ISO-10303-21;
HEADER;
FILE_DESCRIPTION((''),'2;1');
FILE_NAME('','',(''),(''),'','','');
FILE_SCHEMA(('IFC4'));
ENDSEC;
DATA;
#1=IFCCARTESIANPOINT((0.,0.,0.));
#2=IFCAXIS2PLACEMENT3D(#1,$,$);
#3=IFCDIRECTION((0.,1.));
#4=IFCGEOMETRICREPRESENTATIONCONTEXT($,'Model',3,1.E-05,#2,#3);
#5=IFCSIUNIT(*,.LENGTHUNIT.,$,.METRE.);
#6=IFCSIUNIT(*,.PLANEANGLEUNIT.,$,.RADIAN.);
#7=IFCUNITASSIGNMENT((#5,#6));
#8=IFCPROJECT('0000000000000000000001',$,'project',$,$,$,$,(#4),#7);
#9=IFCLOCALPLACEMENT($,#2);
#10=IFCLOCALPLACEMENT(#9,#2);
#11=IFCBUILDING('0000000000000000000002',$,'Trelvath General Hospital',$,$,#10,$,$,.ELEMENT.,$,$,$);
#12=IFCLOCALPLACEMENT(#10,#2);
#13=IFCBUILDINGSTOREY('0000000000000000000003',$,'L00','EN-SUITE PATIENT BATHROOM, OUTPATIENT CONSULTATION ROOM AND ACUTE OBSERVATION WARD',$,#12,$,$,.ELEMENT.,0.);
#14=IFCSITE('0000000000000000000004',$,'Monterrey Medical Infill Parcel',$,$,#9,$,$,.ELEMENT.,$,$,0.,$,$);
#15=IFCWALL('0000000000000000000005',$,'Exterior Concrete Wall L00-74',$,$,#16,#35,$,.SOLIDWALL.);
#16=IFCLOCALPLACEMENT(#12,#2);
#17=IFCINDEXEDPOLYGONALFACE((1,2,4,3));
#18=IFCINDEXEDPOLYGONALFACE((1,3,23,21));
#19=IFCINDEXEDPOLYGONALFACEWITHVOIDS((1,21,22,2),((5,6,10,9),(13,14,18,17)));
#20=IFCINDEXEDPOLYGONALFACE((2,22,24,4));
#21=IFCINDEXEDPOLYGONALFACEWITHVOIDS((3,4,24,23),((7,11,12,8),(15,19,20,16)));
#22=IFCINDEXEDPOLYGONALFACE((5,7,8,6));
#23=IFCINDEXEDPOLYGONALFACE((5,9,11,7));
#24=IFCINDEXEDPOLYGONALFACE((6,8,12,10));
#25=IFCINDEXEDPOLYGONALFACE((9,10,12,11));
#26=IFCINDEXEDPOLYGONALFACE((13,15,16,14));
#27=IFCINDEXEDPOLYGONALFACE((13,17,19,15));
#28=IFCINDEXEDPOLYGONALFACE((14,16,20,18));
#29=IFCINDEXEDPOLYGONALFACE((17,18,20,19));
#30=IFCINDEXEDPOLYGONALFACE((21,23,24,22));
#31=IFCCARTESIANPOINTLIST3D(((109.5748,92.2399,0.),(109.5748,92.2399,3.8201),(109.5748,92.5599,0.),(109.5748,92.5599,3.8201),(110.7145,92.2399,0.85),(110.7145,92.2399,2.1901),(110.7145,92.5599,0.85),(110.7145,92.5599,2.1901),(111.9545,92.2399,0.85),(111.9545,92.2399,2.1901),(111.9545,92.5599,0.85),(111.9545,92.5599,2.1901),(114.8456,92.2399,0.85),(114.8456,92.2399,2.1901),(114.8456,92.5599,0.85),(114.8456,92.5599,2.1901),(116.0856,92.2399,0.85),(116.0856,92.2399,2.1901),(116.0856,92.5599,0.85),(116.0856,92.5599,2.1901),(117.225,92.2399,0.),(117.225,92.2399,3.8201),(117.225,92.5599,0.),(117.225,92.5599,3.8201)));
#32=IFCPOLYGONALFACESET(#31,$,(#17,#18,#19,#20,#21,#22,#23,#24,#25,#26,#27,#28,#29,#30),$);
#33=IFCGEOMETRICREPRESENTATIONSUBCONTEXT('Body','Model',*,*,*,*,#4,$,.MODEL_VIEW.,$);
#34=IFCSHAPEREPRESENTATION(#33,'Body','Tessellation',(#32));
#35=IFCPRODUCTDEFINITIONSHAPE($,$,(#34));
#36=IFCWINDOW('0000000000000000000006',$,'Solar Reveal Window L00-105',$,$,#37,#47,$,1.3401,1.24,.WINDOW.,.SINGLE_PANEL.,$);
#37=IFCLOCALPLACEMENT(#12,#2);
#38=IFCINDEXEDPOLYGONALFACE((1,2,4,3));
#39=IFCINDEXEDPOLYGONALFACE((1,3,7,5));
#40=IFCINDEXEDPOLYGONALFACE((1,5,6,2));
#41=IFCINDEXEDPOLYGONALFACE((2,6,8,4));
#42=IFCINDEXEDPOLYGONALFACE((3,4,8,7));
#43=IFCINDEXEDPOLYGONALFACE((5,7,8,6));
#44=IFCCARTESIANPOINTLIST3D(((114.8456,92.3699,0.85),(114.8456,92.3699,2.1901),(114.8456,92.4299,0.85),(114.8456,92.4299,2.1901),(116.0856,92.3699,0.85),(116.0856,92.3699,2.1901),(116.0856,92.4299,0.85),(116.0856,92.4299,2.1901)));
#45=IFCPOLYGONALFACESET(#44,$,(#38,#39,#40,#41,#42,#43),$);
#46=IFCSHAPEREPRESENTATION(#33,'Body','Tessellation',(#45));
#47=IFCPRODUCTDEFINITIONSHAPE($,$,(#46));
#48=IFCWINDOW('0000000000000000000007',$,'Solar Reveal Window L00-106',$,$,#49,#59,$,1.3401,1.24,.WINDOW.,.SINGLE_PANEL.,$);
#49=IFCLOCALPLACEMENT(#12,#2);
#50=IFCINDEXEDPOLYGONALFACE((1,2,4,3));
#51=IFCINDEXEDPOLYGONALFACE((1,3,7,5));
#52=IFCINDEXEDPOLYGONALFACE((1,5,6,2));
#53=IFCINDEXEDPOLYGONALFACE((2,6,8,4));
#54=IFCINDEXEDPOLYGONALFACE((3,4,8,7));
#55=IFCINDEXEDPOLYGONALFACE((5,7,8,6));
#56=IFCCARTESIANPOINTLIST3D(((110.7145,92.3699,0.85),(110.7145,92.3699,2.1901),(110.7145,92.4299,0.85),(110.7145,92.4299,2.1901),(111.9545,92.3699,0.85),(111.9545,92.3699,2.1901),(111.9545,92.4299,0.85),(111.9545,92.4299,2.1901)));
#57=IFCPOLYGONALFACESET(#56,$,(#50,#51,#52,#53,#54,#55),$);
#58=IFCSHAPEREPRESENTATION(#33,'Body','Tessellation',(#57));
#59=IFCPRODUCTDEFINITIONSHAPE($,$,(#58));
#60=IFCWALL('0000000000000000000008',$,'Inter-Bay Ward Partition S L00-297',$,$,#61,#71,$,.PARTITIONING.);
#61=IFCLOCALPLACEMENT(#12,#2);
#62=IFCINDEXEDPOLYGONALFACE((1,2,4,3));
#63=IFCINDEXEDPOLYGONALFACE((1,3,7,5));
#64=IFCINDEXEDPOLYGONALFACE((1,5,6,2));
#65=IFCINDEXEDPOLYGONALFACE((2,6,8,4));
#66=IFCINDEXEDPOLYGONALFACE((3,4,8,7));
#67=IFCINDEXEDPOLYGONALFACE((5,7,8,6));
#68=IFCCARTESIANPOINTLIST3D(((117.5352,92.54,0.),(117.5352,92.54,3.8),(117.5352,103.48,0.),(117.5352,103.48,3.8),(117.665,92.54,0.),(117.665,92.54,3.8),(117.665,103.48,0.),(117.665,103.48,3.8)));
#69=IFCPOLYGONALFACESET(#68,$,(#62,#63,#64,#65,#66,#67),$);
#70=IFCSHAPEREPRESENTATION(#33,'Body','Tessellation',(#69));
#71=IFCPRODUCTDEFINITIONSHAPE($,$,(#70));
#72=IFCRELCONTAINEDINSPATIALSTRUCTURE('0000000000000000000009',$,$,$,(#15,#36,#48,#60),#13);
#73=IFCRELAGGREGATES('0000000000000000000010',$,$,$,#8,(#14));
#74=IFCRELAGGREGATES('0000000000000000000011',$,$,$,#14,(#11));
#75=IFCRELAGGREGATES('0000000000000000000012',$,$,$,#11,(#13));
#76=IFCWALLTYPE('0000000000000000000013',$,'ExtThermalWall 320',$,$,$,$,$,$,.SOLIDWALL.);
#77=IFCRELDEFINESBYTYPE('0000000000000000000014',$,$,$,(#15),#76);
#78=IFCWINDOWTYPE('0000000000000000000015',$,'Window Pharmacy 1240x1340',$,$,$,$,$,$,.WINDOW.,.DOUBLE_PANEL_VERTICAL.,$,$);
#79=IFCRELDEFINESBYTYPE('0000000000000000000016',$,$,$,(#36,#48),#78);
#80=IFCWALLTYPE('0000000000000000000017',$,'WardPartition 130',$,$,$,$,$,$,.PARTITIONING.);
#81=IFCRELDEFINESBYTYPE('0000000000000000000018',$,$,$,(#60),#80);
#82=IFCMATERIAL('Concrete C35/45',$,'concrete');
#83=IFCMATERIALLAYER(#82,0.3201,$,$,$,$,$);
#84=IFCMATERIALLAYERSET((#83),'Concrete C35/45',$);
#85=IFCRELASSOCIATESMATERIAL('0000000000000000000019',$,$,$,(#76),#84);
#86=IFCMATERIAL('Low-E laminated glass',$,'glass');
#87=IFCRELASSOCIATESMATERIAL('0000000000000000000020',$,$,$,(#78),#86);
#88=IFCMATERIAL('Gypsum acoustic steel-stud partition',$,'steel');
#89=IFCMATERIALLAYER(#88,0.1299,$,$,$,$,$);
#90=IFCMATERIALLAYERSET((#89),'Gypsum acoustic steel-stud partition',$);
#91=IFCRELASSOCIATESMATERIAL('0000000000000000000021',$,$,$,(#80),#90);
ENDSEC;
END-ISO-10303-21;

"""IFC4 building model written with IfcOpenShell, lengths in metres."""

from ifc_helpers import new_model, si_unit, direction, frame, frame_2d, origin, place, context, subcontext, project, spatial, rectangle, extrude, material, layer, layer_set, type_object, element, fill, save


model = new_model("IFC4")

# Units and contexts
model_context = context("Model", 3, precision=1e-05, world=origin(), true_north=direction((0.0, 1.0)))
body_context = subcontext(model_context, "Body", "Model", "MODEL_VIEW")
ifc_project = project(units=[si_unit("LENGTHUNIT", "METRE"), si_unit("PLANEANGLEUNIT", "RADIAN")], contexts=[model_context])

# Site, building, storey
site_placement = place(None, origin())
site = spatial("IfcSite", under=ifc_project, at=site_placement, Name="Monterrey Medical Infill Parcel", CompositionType="ELEMENT", RefElevation=0.0)
building_placement = place(site_placement, origin())
building = spatial("IfcBuilding", under=site, at=building_placement, Name="Trelvath General Hospital", CompositionType="ELEMENT")
storey_placement = place(building_placement, origin())
storey = spatial("IfcBuildingStorey", under=building, at=storey_placement, Name="L00", Description="EN-SUITE PATIENT BATHROOM, OUTPATIENT CONSULTATION ROOM AND ACUTE OBSERVATION WARD", CompositionType="ELEMENT", Elevation=0.0)

# Wall, openings, windows
ifc_material_1 = material(Name="Concrete C35/45", Category="concrete")
ifc_layer_1 = layer(ifc_material_1, 0.3201)
ifc_layer_set_1 = layer_set([ifc_layer_1], Name="Concrete C35/45")
wall_type_1 = type_object("IfcWallType", Name="ExtThermalWall 320", PredefinedType="SOLIDWALL", material=ifc_layer_set_1)
wall_1_placement = place(storey_placement, frame((117.2251, 92.3999, 0.0), z_axis=(0.0, 0.0, 1.0), x_axis=(-1.0, 0.0, 0.0)))
wall_1 = element("IfcWall", 1, at=wall_1_placement, inside=storey, type_object=wall_type_1, Name="Exterior Concrete Wall L00-74", PredefinedType="SOLIDWALL", context=body_context, shape_type="SweptSolid", body=[
    extrude(rectangle(XDim=7.6501, YDim=0.3201, at=frame_2d((3.8252, 0.0))), origin(), (0.0, 0.0, 1.0), 3.8201),
])
opening_1_placement = place(wall_1_placement, frame((1.1394, 0.0, 0.8501)))
opening_1 = element("IfcOpeningElement", 2, at=opening_1_placement, cuts=wall_1, PredefinedType="OPENING", context=body_context, shape_type="SweptSolid", body=[
    extrude(rectangle(XDim=1.24, YDim=1.3401, at=frame_2d((0.6201, 0.6699))), frame((0.0, 0.1699, 0.0), z_axis=(0.0, -1.0, 0.0), x_axis=(1.0, 0.0, 0.0)), (0.0, 0.0, 1.0), 0.3401),
])
opening_2_placement = place(wall_1_placement, frame((5.2705, 0.0, 0.8501)))
opening_2 = element("IfcOpeningElement", 3, at=opening_2_placement, cuts=wall_1, PredefinedType="OPENING", context=body_context, shape_type="SweptSolid", body=[
    extrude(rectangle(XDim=1.24, YDim=1.3401, at=frame_2d((0.6201, 0.6699))), frame((0.0, 0.1699, 0.0), z_axis=(0.0, -1.0, 0.0), x_axis=(1.0, 0.0, 0.0)), (0.0, 0.0, 1.0), 0.3401),
])
ifc_material_2 = material(Name="Low-E laminated glass", Category="glass")
window_type = type_object("IfcWindowType", Name="Window Pharmacy 1240x1340", PartitioningType="DOUBLE_PANEL_VERTICAL", PredefinedType="WINDOW", material=ifc_material_2)
window_1_placement = place(opening_1_placement, origin())
window_1 = element("IfcWindow", 4, at=window_1_placement, inside=storey, type_object=window_type, Name="Solar Reveal Window L00-105", OverallHeight=1.3401, OverallWidth=1.24, PartitioningType="SINGLE_PANEL", PredefinedType="WINDOW", context=body_context, shape_type="SweptSolid", body=[
    extrude(rectangle(XDim=1.24, YDim=1.3401, at=frame_2d((0.6201, 0.6699))), frame((0.0, 0.03, 0.0), z_axis=(0.0, -1.0, 0.0), x_axis=(1.0, 0.0, 0.0)), (0.0, 0.0, 1.0), 0.0601),
])
fill(opening_1, window_1)
window_2_placement = place(opening_2_placement, origin())
window_2 = element("IfcWindow", 5, at=window_2_placement, inside=storey, type_object=window_type, Name="Solar Reveal Window L00-106", OverallHeight=1.3401, OverallWidth=1.24, PartitioningType="SINGLE_PANEL", PredefinedType="WINDOW", context=body_context, shape_type="SweptSolid", body=[
    extrude(rectangle(XDim=1.24, YDim=1.3401, at=frame_2d((0.6201, 0.6699))), frame((0.0, 0.03, 0.0), z_axis=(0.0, -1.0, 0.0), x_axis=(1.0, 0.0, 0.0)), (0.0, 0.0, 1.0), 0.0601),
])
fill(opening_2, window_2)

# Wall
ifc_material_3 = material(Name="Gypsum acoustic steel-stud partition", Category="steel")
ifc_layer_2 = layer(ifc_material_3, 0.1299)
ifc_layer_set_2 = layer_set([ifc_layer_2], Name="Gypsum acoustic steel-stud partition")
wall_type_2 = type_object("IfcWallType", Name="WardPartition 130", PredefinedType="PARTITIONING", material=ifc_layer_set_2)
wall_2_placement = place(storey_placement, frame((117.6001, 92.54, 0.0), z_axis=(0.0, 0.0, 1.0), x_axis=(0.0, 1.0, 0.0)))
element("IfcWall", 6, at=wall_2_placement, inside=storey, type_object=wall_type_2, Name="Inter-Bay Ward Partition S L00-297", PredefinedType="PARTITIONING", context=body_context, shape_type="SweptSolid", body=[
    extrude(rectangle(XDim=10.9399, YDim=0.1299, at=frame_2d((5.47, 0.0))), origin(), (0.0, 0.0, 1.0), 3.8),
])

save(model, "model.ifc")
